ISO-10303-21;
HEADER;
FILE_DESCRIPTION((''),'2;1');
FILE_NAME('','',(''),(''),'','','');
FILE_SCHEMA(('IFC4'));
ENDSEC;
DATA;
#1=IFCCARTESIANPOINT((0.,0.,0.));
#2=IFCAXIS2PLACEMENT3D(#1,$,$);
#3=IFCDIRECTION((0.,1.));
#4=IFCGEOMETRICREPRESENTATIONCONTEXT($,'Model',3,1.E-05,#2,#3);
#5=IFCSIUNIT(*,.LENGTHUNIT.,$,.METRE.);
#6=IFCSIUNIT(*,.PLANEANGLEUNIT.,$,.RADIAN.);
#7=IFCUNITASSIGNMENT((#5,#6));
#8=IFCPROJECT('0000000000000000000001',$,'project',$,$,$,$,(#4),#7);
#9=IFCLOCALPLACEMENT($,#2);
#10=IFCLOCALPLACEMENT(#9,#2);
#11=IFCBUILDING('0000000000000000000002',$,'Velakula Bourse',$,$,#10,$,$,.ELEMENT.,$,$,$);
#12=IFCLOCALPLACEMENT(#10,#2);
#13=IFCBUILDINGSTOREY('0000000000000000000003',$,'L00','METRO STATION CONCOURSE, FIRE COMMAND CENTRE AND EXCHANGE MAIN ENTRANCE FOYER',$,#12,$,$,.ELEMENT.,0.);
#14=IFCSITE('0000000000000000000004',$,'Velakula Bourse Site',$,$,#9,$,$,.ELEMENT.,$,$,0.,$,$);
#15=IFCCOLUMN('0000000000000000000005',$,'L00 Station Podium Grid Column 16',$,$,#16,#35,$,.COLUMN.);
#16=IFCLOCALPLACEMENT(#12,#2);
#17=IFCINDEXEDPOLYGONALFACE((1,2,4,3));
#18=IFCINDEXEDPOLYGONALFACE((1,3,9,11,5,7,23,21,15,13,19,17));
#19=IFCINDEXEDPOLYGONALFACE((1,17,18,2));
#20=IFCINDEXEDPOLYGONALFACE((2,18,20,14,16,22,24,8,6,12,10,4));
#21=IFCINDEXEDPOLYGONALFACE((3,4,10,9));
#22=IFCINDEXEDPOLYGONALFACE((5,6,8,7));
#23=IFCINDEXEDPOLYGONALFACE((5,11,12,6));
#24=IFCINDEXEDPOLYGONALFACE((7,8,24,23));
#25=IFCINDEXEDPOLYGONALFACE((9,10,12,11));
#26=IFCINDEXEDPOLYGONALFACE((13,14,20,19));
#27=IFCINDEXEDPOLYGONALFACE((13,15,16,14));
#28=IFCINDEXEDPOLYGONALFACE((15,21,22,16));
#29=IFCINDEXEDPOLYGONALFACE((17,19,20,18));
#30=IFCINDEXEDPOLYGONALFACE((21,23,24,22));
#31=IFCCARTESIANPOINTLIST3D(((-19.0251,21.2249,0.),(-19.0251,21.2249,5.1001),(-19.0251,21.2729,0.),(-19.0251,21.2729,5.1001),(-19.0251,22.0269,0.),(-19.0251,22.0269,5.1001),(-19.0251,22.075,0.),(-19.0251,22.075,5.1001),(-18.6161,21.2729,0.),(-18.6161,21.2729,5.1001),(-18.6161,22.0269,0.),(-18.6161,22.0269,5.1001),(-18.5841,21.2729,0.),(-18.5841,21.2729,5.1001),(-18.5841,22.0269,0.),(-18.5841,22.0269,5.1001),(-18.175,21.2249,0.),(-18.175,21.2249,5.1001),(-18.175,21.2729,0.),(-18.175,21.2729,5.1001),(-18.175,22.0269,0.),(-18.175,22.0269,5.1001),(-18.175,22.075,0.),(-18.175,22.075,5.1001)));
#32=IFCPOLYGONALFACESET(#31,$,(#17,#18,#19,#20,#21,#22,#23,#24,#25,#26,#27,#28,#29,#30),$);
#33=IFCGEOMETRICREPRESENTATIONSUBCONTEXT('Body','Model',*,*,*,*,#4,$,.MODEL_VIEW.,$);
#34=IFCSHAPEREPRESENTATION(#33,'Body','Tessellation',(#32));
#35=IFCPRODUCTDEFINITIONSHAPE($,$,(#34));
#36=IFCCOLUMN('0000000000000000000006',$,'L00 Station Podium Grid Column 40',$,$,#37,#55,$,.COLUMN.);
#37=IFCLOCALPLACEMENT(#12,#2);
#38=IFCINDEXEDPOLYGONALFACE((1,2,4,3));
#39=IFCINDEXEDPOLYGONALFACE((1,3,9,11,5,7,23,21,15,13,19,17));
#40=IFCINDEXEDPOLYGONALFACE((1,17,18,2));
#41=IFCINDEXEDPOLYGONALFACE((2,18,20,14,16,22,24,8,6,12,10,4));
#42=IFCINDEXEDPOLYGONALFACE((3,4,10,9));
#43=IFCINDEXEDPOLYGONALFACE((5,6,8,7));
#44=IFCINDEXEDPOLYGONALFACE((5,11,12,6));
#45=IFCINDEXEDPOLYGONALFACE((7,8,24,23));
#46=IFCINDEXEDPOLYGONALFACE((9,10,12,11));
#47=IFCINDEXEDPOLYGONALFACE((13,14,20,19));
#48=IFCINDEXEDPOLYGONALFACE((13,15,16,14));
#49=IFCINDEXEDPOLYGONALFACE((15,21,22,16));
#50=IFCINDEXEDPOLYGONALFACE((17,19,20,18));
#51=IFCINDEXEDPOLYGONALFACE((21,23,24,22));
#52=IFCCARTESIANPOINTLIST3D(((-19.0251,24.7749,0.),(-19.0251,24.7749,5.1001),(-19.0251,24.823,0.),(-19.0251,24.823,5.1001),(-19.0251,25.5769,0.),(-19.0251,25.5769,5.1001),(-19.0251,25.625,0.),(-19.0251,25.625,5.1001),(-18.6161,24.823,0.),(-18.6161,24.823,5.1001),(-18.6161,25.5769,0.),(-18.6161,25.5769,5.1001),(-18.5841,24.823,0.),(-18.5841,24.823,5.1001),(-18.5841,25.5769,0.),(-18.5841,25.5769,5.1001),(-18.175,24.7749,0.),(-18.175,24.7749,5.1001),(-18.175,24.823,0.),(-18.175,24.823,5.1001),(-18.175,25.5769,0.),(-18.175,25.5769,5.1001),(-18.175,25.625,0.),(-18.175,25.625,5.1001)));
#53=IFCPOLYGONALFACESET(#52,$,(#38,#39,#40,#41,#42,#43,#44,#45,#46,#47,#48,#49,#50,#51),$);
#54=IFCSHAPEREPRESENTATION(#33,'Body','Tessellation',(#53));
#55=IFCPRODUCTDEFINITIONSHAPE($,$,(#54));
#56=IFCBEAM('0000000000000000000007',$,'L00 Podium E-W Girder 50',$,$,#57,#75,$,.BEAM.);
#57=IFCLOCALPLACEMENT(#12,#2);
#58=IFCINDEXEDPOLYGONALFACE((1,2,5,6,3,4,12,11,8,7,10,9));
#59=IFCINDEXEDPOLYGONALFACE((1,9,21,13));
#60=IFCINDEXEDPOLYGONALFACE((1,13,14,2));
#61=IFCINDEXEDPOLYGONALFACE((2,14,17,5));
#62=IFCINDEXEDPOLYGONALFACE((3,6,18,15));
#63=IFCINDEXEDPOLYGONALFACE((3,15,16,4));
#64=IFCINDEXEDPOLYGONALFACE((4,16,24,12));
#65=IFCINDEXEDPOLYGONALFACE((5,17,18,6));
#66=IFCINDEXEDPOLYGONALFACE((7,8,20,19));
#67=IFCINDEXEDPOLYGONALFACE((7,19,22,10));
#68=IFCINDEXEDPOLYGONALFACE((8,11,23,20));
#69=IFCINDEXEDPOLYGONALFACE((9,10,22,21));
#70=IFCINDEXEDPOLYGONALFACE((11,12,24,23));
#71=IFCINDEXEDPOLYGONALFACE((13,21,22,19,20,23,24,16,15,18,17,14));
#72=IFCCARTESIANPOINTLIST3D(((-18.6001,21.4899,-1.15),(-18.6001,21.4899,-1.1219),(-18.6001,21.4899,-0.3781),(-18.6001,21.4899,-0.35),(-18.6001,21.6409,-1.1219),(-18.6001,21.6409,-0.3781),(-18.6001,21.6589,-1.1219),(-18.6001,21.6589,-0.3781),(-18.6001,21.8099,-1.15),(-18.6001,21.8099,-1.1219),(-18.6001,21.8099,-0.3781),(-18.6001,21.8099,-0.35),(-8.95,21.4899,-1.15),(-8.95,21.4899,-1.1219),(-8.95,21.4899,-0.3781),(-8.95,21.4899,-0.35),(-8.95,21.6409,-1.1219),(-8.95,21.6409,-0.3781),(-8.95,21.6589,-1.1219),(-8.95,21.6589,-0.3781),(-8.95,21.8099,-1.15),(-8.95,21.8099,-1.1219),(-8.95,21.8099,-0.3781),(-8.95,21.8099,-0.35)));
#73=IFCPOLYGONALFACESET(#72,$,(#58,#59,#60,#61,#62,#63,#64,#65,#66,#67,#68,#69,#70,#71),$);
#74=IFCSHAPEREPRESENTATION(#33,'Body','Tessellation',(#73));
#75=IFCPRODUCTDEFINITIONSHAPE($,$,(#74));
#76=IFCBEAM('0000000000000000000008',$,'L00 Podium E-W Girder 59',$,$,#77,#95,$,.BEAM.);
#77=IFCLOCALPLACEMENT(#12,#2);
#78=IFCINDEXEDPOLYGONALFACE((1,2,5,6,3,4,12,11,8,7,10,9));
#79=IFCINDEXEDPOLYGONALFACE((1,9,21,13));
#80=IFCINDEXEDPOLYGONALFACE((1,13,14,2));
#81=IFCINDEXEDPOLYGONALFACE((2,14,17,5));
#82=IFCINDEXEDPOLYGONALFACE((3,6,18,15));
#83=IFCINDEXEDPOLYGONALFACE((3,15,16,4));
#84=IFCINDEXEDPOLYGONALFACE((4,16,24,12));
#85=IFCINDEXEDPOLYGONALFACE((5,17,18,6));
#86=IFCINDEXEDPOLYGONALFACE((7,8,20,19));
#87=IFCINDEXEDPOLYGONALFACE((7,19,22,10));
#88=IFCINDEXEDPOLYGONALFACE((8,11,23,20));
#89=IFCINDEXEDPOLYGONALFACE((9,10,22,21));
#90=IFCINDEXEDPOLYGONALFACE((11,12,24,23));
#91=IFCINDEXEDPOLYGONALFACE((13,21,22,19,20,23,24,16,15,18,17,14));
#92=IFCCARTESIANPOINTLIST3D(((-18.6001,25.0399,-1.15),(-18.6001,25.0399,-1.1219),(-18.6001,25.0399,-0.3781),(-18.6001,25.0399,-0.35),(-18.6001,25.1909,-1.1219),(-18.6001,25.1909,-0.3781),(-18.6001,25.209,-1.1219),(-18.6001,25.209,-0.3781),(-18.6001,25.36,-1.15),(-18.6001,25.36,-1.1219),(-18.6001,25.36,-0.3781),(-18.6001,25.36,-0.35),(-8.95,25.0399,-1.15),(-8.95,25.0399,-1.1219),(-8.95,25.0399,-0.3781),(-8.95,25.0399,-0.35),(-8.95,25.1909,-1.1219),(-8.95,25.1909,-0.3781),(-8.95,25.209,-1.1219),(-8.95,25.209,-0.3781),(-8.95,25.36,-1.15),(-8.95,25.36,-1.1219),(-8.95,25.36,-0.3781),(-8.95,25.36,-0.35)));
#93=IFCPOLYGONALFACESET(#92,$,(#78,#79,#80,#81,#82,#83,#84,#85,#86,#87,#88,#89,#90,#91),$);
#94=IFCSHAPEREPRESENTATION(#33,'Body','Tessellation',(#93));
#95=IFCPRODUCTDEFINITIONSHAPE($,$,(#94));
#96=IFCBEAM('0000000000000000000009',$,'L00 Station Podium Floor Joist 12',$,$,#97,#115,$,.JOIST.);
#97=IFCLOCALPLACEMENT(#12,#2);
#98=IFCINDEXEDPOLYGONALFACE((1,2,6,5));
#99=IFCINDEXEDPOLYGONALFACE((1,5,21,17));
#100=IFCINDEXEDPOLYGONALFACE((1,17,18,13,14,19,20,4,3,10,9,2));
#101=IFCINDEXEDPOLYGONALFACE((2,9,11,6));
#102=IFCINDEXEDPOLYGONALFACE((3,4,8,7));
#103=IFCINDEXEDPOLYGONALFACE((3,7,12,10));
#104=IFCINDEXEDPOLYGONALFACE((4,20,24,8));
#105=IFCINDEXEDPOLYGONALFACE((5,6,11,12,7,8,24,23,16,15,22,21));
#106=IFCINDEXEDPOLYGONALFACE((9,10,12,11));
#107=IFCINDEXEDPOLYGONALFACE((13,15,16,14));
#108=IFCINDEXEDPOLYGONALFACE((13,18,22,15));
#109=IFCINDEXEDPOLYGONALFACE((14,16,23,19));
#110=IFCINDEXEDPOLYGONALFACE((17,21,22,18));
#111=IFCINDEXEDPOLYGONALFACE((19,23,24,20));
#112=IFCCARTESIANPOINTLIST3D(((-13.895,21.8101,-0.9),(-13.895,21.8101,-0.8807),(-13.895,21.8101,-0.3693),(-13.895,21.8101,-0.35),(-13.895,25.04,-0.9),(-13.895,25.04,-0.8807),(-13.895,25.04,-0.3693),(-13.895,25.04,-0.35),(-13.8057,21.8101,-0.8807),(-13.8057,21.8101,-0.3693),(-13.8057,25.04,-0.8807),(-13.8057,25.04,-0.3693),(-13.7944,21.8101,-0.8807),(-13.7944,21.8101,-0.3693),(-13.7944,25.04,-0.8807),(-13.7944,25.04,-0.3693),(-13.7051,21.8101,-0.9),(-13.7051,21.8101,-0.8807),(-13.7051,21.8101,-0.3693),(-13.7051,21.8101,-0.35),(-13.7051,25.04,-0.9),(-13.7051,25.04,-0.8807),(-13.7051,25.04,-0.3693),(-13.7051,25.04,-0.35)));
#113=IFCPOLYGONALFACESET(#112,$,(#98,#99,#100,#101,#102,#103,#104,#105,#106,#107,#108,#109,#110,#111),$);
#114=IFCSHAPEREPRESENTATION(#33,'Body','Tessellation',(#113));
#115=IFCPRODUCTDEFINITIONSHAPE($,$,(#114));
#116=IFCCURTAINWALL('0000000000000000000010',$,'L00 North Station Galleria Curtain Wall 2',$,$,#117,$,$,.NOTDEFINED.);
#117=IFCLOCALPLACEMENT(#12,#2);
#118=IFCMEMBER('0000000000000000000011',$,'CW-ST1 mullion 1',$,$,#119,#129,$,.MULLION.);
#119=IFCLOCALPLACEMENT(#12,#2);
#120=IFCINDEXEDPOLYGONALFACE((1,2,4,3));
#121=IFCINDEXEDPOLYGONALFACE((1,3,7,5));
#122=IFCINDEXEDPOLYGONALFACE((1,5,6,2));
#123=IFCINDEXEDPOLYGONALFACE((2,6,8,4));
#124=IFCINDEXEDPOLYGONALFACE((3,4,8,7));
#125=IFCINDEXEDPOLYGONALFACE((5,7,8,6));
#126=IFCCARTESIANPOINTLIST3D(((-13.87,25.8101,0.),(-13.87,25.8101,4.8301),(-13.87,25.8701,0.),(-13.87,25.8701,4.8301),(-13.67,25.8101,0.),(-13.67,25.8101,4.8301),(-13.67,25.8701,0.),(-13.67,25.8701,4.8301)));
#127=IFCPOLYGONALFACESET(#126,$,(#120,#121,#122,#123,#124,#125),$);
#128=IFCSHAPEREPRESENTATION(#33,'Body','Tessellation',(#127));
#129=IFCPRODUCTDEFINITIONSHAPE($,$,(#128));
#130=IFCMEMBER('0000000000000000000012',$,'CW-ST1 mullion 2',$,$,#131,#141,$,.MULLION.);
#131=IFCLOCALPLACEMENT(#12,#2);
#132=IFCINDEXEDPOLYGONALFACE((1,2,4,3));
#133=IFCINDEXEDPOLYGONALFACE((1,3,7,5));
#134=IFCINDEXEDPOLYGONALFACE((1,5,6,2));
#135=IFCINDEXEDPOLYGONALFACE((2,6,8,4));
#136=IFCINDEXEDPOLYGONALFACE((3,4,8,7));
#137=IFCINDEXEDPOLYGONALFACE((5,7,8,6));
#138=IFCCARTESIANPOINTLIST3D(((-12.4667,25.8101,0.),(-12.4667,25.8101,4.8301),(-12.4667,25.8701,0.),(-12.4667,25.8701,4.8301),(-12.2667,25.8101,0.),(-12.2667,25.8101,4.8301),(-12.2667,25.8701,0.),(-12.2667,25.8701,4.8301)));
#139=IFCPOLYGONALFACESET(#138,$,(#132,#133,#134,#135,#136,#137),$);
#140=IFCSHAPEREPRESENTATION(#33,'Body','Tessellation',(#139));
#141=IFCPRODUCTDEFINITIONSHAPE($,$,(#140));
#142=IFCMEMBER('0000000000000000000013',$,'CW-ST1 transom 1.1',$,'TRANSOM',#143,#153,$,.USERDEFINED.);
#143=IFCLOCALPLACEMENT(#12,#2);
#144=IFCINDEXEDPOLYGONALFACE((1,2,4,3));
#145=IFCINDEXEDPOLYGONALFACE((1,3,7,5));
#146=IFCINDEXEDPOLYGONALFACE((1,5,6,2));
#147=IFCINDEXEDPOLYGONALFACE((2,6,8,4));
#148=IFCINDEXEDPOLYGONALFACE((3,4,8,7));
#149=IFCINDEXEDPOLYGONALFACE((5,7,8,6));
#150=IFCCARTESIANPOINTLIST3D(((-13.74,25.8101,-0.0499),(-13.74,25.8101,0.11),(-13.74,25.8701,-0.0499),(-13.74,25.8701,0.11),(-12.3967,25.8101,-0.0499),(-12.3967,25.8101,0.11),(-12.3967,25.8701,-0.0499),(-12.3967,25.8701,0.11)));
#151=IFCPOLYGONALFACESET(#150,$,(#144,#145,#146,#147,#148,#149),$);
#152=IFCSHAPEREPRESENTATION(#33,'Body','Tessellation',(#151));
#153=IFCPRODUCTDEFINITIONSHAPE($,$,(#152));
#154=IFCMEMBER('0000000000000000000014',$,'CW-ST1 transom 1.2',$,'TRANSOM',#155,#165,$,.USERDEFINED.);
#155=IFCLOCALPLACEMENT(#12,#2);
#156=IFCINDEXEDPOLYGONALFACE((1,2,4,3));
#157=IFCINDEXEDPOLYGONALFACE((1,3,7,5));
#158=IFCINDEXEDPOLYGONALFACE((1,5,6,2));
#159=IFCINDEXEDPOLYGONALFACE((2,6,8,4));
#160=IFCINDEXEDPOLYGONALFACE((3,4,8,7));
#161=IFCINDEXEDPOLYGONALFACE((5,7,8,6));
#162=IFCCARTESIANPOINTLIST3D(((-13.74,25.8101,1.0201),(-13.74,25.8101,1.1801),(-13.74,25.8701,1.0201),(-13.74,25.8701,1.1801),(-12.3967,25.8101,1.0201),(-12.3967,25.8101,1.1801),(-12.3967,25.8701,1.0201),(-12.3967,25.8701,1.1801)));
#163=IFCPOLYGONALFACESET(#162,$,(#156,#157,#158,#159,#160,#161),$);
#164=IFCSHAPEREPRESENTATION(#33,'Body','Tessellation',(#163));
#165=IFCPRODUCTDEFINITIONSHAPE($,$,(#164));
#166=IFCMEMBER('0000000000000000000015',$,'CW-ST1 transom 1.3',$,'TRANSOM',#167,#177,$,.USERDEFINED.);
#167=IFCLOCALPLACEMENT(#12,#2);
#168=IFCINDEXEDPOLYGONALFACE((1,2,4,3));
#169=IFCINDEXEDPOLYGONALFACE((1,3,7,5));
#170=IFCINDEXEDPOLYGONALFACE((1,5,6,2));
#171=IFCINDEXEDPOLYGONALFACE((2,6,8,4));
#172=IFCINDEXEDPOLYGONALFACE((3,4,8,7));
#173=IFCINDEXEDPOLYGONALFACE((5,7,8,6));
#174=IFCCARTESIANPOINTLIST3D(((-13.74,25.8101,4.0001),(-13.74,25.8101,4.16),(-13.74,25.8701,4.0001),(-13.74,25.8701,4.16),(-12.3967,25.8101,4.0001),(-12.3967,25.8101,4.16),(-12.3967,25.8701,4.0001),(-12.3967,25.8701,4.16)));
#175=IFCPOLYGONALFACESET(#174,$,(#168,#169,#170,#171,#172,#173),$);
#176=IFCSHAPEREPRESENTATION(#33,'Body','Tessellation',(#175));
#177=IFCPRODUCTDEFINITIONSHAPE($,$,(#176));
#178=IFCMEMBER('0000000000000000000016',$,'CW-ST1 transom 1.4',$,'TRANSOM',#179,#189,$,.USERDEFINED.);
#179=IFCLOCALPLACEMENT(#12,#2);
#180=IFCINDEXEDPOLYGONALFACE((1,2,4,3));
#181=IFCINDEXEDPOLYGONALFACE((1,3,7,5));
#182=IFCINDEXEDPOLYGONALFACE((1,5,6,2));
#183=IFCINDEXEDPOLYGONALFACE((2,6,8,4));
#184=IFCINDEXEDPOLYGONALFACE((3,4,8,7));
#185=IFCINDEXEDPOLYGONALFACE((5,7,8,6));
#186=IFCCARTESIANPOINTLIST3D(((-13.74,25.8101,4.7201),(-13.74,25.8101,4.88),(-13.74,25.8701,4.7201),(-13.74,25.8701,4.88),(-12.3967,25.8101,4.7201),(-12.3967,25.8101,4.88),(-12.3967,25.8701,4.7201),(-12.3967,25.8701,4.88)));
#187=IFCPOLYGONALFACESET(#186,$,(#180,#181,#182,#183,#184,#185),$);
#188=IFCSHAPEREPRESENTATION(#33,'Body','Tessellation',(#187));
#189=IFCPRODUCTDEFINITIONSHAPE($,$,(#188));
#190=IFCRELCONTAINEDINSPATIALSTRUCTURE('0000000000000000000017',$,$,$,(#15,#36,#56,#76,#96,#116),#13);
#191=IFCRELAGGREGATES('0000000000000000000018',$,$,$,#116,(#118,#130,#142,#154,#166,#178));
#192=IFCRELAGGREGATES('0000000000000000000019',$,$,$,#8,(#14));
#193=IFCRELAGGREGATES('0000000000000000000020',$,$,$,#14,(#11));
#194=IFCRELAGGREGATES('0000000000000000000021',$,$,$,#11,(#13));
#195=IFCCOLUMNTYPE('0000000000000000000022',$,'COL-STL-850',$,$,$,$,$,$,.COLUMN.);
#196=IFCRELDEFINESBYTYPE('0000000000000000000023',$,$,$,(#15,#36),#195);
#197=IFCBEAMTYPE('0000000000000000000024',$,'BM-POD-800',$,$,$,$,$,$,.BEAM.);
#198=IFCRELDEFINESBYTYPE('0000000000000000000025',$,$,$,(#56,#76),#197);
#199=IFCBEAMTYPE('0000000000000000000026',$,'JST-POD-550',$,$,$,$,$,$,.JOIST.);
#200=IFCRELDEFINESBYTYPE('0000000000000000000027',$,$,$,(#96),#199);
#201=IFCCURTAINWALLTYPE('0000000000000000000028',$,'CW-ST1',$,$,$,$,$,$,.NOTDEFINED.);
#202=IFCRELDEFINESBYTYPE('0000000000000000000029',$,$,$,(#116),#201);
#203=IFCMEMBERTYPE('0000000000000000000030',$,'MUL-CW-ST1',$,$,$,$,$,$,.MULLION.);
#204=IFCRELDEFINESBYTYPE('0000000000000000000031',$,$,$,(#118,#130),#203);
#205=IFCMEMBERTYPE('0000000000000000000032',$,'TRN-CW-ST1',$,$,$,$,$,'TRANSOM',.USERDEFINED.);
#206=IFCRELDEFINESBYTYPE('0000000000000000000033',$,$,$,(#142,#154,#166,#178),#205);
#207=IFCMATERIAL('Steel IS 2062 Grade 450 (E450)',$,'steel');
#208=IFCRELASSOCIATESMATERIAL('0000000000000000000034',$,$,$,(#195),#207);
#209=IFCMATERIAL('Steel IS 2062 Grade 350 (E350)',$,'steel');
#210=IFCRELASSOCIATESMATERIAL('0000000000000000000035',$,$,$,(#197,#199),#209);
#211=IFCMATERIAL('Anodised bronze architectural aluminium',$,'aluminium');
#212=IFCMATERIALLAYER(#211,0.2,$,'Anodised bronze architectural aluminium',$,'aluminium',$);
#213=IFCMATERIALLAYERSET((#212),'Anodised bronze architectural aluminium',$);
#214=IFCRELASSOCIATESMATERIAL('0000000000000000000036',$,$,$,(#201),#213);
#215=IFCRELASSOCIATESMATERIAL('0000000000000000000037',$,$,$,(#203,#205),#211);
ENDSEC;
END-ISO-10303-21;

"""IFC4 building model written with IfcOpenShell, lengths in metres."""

from ifc_helpers import new_model, si_unit, direction, frame, origin, origin_2d, place, context, subcontext, project, spatial, rectangle, i_section, extrude, material, layer, layer_set, material_profile, profile_set, type_object, element, aggregate, save


model = new_model("IFC4")

# Units and contexts
model_context = context("Model", 3, precision=1e-05, world=origin(), true_north=direction((0.0, 1.0)))
body_context = subcontext(model_context, "Body", "Model", "MODEL_VIEW")
ifc_project = project(units=[si_unit("LENGTHUNIT", "METRE"), si_unit("PLANEANGLEUNIT", "RADIAN")], contexts=[model_context])

# Site, building, storey
site_placement = place(None, origin())
site = spatial("IfcSite", under=ifc_project, at=site_placement, Name="Velakula Bourse Site", CompositionType="ELEMENT", RefElevation=0.0)
building_placement = place(site_placement, origin())
building = spatial("IfcBuilding", under=site, at=building_placement, Name="Velakula Bourse", CompositionType="ELEMENT")
storey_placement = place(building_placement, origin())
storey = spatial("IfcBuildingStorey", under=building, at=storey_placement, Name="L00", Description="METRO STATION CONCOURSE, FIRE COMMAND CENTRE AND EXCHANGE MAIN ENTRANCE FOYER", CompositionType="ELEMENT", Elevation=0.0)

# Columns
ifc_material_1 = material(Name="Steel IS 2062 Grade 450 (E450)", Category="steel")
ifc_material_profile_1 = material_profile(ifc_material_1, i_section(OverallWidth=0.8501, OverallDepth=0.8501, WebThickness=0.032, FlangeThickness=0.0481, at=origin_2d()), Name="Steel IS 2062 Grade 450 (E450)")
ifc_profile_set_1 = profile_set([ifc_material_profile_1], Name="Steel IS 2062 Grade 450 (E450)")
column_type = type_object("IfcColumnType", Name="COL-STL-850", PredefinedType="COLUMN", material=ifc_profile_set_1)
for number, where, z_axis, x_axis, name in (
    (1, (-18.6001, 21.6499, 0.0), (0.0, 0.0, 1.0), (1.0, 0.0, 0.0), "L00 Station Podium Grid Column 16"),
    (2, (-18.6001, 25.2, 0.0), (0.0, 0.0, 1.0), (1.0, 0.0, 0.0), "L00 Station Podium Grid Column 40"),
):
    element("IfcColumn", number, at=place(storey_placement, frame(where, z_axis=z_axis, x_axis=x_axis)), inside=storey, type_object=column_type, Name=name, PredefinedType="COLUMN", context=body_context, shape_type="SweptSolid", body=[
        extrude(i_section(OverallWidth=0.8501, OverallDepth=0.8501, WebThickness=0.032, FlangeThickness=0.0481, at=origin_2d()), origin(), (0.0, 0.0, 1.0), 5.1001),
    ])

# Beams
ifc_material_2 = material(Name="Steel IS 2062 Grade 350 (E350)", Category="steel")
ifc_material_profile_2 = material_profile(ifc_material_2, i_section(OverallWidth=0.3201, OverallDepth=0.8, WebThickness=0.0181, FlangeThickness=0.0281, at=origin_2d()), Name="Steel IS 2062 Grade 350 (E350)")
ifc_profile_set_2 = profile_set([ifc_material_profile_2], Name="Steel IS 2062 Grade 350 (E350)")
beam_type_1 = type_object("IfcBeamType", Name="BM-POD-800", PredefinedType="BEAM", material=ifc_profile_set_2)
for number, where, z_axis, x_axis, name in (
    (3, (-18.6001, 21.6499, -0.75), (1.0, 0.0, 0.0), (0.0, 1.0, 0.0), "L00 Podium E-W Girder 50"),
    (4, (-18.6001, 25.2, -0.75), (1.0, 0.0, 0.0), (0.0, 1.0, 0.0), "L00 Podium E-W Girder 59"),
):
    element("IfcBeam", number, at=place(storey_placement, frame(where, z_axis=z_axis, x_axis=x_axis)), inside=storey, type_object=beam_type_1, Name=name, PredefinedType="BEAM", context=body_context, shape_type="SweptSolid", body=[
        extrude(i_section(OverallWidth=0.3201, OverallDepth=0.8, WebThickness=0.0181, FlangeThickness=0.0281, at=origin_2d()), origin(), (0.0, 0.0, 1.0), 9.6501),
    ])
ifc_material_profile_3 = material_profile(ifc_material_2, i_section(OverallWidth=0.1899, OverallDepth=0.55, WebThickness=0.0112, FlangeThickness=0.0193, at=origin_2d()), Name="Steel IS 2062 Grade 350 (E350)")
ifc_profile_set_3 = profile_set([ifc_material_profile_3], Name="Steel IS 2062 Grade 350 (E350)")
beam_type_2 = type_object("IfcBeamType", Name="JST-POD-550", PredefinedType="JOIST", material=ifc_profile_set_3)
beam_placement = place(storey_placement, frame((-13.8, 21.8101, -0.625), z_axis=(0.0, 1.0, 0.0), x_axis=(-1.0, 0.0, 0.0)))
element("IfcBeam", 5, at=beam_placement, inside=storey, type_object=beam_type_2, Name="L00 Station Podium Floor Joist 12", PredefinedType="JOIST", context=body_context, shape_type="SweptSolid", body=[
    extrude(i_section(OverallWidth=0.1899, OverallDepth=0.55, WebThickness=0.0112, FlangeThickness=0.0193, at=origin_2d()), origin(), (0.0, 0.0, 1.0), 3.23),
])

# Curtain wall, members
ifc_material_3 = material(Name="Anodised bronze architectural aluminium", Category="aluminium")
ifc_layer_1 = layer(ifc_material_3, 0.2, Name="Anodised bronze architectural aluminium", Category="aluminium")
ifc_layer_set_1 = layer_set([ifc_layer_1], Name="Anodised bronze architectural aluminium")
curtain_wall_type = type_object("IfcCurtainWallType", Name="CW-ST1", PredefinedType="NOTDEFINED", material=ifc_layer_set_1)
curtain_wall_placement = place(storey_placement, origin())
curtain_wall = element("IfcCurtainWall", 6, at=curtain_wall_placement, inside=storey, type_object=curtain_wall_type, Name="L00 North Station Galleria Curtain Wall 2", PredefinedType="NOTDEFINED")
ifc_material_profile_4 = material_profile(ifc_material_3, rectangle(XDim=0.0601, YDim=0.2, at=origin_2d()), Name="Anodised bronze architectural aluminium")
ifc_profile_set_4 = profile_set([ifc_material_profile_4], Name="Anodised bronze architectural aluminium")
member_type_1 = type_object("IfcMemberType", Name="MUL-CW-ST1", PredefinedType="MULLION", material=ifc_profile_set_4)
member_1_placement = place(storey_placement, frame((-13.77, 25.8401, 0.0), z_axis=(0.0, 0.0, 1.0), x_axis=(0.0, 1.0, 0.0)))
member_1 = element("IfcMember", 7, at=member_1_placement, type_object=member_type_1, Name="CW-ST1 mullion 1", PredefinedType="MULLION", context=body_context, shape_type="SweptSolid", body=[
    extrude(rectangle(XDim=0.0601, YDim=0.2, at=origin_2d()), origin(), (0.0, 0.0, 1.0), 4.8301),
])
member_2_placement = place(storey_placement, frame((-12.3667, 25.8401, 0.0), z_axis=(0.0, 0.0, 1.0), x_axis=(0.0, 1.0, 0.0)))
member_2 = element("IfcMember", 8, at=member_2_placement, type_object=member_type_1, Name="CW-ST1 mullion 2", PredefinedType="MULLION", context=body_context, shape_type="SweptSolid", body=[
    extrude(rectangle(XDim=0.0601, YDim=0.2, at=origin_2d()), origin(), (0.0, 0.0, 1.0), 4.8301),
])
ifc_material_profile_5 = material_profile(ifc_material_3, rectangle(XDim=0.0601, YDim=0.1599, at=origin_2d()), Name="Anodised bronze architectural aluminium")
ifc_profile_set_5 = profile_set([ifc_material_profile_5], Name="Anodised bronze architectural aluminium")
member_type_2 = type_object("IfcMemberType", Name="TRN-CW-ST1", ElementType="TRANSOM", PredefinedType="USERDEFINED", material=ifc_profile_set_5)
member_3_placement = place(storey_placement, frame((-13.74, 25.8401, 0.03), z_axis=(1.0, 0.0, 0.0), x_axis=(0.0, 1.0, 0.0)))
member_3 = element("IfcMember", 9, at=member_3_placement, type_object=member_type_2, Name="CW-ST1 transom 1.1", ObjectType="TRANSOM", PredefinedType="USERDEFINED", context=body_context, shape_type="SweptSolid", body=[
    extrude(rectangle(XDim=0.0601, YDim=0.1599, at=origin_2d()), origin(), (0.0, 0.0, 1.0), 1.3433),
])
member_4_placement = place(storey_placement, frame((-13.74, 25.8401, 1.1001), z_axis=(1.0, 0.0, 0.0), x_axis=(0.0, 1.0, 0.0)))
member_4 = element("IfcMember", 10, at=member_4_placement, type_object=member_type_2, Name="CW-ST1 transom 1.2", ObjectType="TRANSOM", PredefinedType="USERDEFINED", context=body_context, shape_type="SweptSolid", body=[
    extrude(rectangle(XDim=0.0601, YDim=0.1599, at=origin_2d()), origin(), (0.0, 0.0, 1.0), 1.3433),
])
member_5_placement = place(storey_placement, frame((-13.74, 25.8401, 4.0801), z_axis=(1.0, 0.0, 0.0), x_axis=(0.0, 1.0, 0.0)))
member_5 = element("IfcMember", 11, at=member_5_placement, type_object=member_type_2, Name="CW-ST1 transom 1.3", ObjectType="TRANSOM", PredefinedType="USERDEFINED", context=body_context, shape_type="SweptSolid", body=[
    extrude(rectangle(XDim=0.0601, YDim=0.1599, at=origin_2d()), origin(), (0.0, 0.0, 1.0), 1.3433),
])
member_6_placement = place(storey_placement, frame((-13.74, 25.8401, 4.8), z_axis=(1.0, 0.0, 0.0), x_axis=(0.0, 1.0, 0.0)))
member_6 = element("IfcMember", 12, at=member_6_placement, type_object=member_type_2, Name="CW-ST1 transom 1.4", ObjectType="TRANSOM", PredefinedType="USERDEFINED", context=body_context, shape_type="SweptSolid", body=[
    extrude(rectangle(XDim=0.0601, YDim=0.1599, at=origin_2d()), origin(), (0.0, 0.0, 1.0), 1.3433),
])
aggregate(curtain_wall, [member_1, member_2, member_3, member_4, member_5, member_6])

save(model, "model.ifc")
